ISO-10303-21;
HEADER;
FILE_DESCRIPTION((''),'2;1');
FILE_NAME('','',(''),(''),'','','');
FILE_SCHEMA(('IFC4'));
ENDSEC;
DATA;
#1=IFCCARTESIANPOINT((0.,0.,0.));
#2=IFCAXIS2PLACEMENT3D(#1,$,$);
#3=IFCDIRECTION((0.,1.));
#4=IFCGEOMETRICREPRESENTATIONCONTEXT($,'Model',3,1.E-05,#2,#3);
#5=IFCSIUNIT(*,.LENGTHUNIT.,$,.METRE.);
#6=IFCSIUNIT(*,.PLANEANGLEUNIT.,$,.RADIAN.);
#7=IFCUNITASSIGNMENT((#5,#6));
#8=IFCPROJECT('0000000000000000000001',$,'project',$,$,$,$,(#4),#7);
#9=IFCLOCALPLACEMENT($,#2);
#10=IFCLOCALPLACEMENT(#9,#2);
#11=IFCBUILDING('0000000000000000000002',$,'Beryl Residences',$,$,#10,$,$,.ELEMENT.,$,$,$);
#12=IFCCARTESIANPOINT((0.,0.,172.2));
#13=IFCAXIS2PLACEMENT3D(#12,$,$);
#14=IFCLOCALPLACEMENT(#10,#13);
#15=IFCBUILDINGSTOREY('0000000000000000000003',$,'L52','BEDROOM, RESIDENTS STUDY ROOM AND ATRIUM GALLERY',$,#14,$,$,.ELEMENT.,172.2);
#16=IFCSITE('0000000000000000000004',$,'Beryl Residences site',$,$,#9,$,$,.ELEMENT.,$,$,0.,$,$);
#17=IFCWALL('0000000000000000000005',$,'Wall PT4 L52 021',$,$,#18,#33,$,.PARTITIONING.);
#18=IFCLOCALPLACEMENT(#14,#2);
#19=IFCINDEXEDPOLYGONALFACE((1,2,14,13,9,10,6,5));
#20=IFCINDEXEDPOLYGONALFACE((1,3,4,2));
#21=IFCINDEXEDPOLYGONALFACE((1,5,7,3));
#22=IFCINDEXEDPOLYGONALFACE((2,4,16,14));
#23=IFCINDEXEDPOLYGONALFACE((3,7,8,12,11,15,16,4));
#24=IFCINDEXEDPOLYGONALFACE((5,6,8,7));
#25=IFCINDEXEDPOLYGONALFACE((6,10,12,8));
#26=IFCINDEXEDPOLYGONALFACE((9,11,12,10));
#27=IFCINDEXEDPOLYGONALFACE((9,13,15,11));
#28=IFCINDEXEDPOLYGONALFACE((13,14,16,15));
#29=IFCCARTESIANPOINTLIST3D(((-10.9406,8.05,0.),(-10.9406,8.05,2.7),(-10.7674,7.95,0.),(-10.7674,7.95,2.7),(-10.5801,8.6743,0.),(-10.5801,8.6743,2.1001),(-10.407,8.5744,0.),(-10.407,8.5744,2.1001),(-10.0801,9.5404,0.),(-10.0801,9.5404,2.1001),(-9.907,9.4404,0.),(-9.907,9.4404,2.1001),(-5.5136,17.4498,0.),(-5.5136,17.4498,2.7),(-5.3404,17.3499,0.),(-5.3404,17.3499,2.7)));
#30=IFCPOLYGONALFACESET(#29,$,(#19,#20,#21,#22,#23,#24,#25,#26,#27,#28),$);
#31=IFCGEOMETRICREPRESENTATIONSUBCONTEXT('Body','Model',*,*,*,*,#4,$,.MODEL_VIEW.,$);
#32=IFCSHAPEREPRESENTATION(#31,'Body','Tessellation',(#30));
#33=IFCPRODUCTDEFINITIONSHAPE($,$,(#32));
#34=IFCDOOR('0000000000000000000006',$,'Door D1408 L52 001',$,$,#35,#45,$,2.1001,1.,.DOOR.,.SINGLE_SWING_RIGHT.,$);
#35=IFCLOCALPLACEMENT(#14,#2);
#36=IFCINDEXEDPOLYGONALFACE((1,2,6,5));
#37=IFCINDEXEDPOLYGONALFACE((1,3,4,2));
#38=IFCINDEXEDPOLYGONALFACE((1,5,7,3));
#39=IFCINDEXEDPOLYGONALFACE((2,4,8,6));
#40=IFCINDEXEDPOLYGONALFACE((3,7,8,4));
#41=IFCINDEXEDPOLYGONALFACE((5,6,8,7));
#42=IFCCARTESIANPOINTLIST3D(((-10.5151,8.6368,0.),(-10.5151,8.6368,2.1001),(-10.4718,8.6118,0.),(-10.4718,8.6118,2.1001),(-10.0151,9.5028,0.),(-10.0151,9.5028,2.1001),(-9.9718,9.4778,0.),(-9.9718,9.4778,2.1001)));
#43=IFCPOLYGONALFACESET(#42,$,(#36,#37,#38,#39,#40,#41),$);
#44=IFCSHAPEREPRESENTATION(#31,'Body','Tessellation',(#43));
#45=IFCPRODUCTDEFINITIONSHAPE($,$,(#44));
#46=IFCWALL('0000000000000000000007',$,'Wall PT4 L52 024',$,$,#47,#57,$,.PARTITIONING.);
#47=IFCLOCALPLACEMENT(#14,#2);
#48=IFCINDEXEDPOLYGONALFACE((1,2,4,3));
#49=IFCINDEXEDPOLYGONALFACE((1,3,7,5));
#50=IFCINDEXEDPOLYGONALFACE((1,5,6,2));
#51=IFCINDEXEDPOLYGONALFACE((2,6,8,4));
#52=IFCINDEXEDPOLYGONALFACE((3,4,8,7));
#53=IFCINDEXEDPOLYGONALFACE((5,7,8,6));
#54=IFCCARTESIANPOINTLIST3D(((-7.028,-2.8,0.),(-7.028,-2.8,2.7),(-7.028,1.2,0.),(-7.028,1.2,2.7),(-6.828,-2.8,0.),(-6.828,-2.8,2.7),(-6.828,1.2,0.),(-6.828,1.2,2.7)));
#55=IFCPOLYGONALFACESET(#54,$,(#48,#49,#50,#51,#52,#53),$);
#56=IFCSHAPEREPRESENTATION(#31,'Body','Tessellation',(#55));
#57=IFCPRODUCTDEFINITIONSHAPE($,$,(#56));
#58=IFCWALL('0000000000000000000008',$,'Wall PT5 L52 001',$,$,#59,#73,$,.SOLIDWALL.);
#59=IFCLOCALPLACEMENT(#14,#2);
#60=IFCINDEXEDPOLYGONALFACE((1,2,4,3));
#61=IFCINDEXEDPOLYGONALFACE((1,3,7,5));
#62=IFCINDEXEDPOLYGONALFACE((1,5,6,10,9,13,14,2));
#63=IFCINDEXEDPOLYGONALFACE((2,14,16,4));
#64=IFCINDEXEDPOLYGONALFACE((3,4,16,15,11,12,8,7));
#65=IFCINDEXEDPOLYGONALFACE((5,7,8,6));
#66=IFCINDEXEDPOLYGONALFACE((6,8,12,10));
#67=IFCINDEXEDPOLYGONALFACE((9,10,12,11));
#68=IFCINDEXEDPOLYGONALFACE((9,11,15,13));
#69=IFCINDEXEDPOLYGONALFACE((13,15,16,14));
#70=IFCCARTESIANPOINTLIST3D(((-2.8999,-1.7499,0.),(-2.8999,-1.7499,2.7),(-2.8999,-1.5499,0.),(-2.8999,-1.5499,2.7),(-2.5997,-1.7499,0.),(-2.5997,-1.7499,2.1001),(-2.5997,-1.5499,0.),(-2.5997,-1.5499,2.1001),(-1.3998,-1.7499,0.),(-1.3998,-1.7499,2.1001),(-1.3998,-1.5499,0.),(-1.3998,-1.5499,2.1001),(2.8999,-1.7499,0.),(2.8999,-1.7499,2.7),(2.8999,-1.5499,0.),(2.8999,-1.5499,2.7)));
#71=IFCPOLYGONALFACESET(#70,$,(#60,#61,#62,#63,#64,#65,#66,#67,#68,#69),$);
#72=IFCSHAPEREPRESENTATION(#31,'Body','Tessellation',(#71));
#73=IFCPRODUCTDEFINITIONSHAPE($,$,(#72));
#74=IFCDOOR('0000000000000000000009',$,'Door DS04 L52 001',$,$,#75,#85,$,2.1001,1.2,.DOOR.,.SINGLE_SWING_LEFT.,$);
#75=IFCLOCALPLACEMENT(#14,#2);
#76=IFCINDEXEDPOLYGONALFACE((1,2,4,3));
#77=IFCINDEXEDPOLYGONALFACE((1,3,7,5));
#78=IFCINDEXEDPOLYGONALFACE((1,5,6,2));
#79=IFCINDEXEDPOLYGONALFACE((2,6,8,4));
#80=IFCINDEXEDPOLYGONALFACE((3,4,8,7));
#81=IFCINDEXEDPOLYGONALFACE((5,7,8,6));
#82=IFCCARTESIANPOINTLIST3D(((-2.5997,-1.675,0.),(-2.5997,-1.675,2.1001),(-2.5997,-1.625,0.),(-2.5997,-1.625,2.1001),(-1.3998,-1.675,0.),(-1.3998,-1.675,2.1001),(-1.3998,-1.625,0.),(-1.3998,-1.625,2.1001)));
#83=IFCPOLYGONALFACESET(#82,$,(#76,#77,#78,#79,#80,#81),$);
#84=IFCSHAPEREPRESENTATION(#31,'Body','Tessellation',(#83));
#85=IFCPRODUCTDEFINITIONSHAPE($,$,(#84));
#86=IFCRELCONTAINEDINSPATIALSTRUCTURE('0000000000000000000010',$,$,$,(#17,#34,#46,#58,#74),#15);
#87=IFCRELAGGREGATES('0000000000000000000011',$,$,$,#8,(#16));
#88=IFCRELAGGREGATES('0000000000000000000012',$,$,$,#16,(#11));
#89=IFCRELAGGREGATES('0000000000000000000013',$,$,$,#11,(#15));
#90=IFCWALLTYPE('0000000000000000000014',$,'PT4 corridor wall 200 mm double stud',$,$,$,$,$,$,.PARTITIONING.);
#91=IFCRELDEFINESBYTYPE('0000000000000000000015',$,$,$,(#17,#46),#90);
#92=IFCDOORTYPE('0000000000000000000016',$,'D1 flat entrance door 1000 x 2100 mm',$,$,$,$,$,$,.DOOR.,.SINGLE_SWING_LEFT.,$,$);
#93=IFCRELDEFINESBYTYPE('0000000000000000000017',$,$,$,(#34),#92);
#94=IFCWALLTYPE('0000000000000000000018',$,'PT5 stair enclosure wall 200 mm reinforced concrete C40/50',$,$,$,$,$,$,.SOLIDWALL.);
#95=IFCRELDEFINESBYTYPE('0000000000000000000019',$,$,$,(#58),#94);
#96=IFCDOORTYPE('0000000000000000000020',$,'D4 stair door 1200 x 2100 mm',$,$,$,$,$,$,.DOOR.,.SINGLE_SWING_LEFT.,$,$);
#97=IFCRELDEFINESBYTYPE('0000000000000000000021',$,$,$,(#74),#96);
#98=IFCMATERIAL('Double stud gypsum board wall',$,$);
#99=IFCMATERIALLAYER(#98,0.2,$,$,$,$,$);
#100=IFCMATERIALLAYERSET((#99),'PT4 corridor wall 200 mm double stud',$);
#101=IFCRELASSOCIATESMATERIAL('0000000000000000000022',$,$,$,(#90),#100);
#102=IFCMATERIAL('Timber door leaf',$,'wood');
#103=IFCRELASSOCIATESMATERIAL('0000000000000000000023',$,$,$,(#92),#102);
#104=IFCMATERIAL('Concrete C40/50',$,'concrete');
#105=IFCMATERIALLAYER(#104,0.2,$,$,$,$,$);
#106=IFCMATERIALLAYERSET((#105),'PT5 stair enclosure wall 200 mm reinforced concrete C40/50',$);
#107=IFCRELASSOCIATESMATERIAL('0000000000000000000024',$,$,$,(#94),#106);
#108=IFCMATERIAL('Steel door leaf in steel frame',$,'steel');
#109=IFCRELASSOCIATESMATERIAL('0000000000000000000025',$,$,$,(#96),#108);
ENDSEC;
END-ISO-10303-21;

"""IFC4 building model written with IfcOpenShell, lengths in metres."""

from ifc_helpers import new_model, si_unit, direction, frame, frame_2d, origin, place, context, subcontext, project, spatial, rectangle, extrude, material, layer, layer_set, type_object, element, fill, save


model = new_model("IFC4")

# Units and contexts
model_context = context("Model", 3, precision=1e-05, world=origin(), true_north=direction((0.0, 1.0)))
body_context = subcontext(model_context, "Body", "Model", "MODEL_VIEW")
ifc_project = project(units=[si_unit("LENGTHUNIT", "METRE"), si_unit("PLANEANGLEUNIT", "RADIAN")], contexts=[model_context])

# Site, building, storey
site_placement = place(None, origin())
site = spatial("IfcSite", under=ifc_project, at=site_placement, Name="Beryl Residences site", CompositionType="ELEMENT", RefElevation=0.0)
building_placement = place(site_placement, origin())
building = spatial("IfcBuilding", under=site, at=building_placement, Name="Beryl Residences", CompositionType="ELEMENT")
storey_placement = place(building_placement, frame((0.0, 0.0, 172.2)))
storey = spatial("IfcBuildingStorey", under=building, at=storey_placement, Name="L52", Description="BEDROOM, RESIDENTS STUDY ROOM AND ATRIUM GALLERY", CompositionType="ELEMENT", Elevation=172.2)

# Shared definitions
ifc_material_1 = material(Name="Double stud gypsum board wall")
ifc_layer_1 = layer(ifc_material_1, 0.2)
ifc_layer_set_1 = layer_set([ifc_layer_1], Name="PT4 corridor wall 200 mm double stud")
wall_type_1 = type_object("IfcWallType", Name="PT4 corridor wall 200 mm double stud", PredefinedType="PARTITIONING", material=ifc_layer_set_1)

# Wall, opening, door
wall_1_placement = place(storey_placement, frame((-10.854, 8.0, 0.0), z_axis=(0.0, 0.0, 1.0), x_axis=(0.499998, 0.866027, 0.0)))
wall_1 = element("IfcWall", 1, at=wall_1_placement, inside=storey, type_object=wall_type_1, Name="Wall PT4 L52 021", PredefinedType="PARTITIONING", context=body_context, shape_type="SweptSolid", body=[
    extrude(rectangle(XDim=10.854, YDim=0.2, at=frame_2d((5.427, 0.0))), origin(), (0.0, 0.0, 1.0), 2.7),
])
opening_1_placement = place(wall_1_placement, frame((0.7209, 0.0, 0.0)))
opening_1 = element("IfcOpeningElement", 2, at=opening_1_placement, cuts=wall_1, PredefinedType="OPENING", context=body_context, shape_type="SweptSolid", body=[
    extrude(rectangle(XDim=1.0, YDim=2.1001, at=frame_2d((0.5, 1.05))), frame((0.0, 0.1099, 0.0), z_axis=(0.0, -1.0, 0.0), x_axis=(1.0, 0.0, 0.0)), (0.0, 0.0, 1.0), 0.22),
])
ifc_material_2 = material(Name="Timber door leaf", Category="wood")
door_type_1 = type_object("IfcDoorType", Name="D1 flat entrance door 1000 x 2100 mm", OperationType="SINGLE_SWING_LEFT", PredefinedType="DOOR", material=ifc_material_2)
door_1_placement = place(opening_1_placement, origin())
door_1 = element("IfcDoor", 3, at=door_1_placement, inside=storey, type_object=door_type_1, Name="Door D1408 L52 001", OperationType="SINGLE_SWING_RIGHT", OverallHeight=2.1001, OverallWidth=1.0, PredefinedType="DOOR", context=body_context, shape_type="SweptSolid", body=[
    extrude(rectangle(XDim=1.0, YDim=2.1001, at=frame_2d((0.5, 1.05))), frame((0.0, 0.0249, 0.0), z_axis=(0.0, -1.0, 0.0), x_axis=(1.0, 0.0, 0.0)), (0.0, 0.0, 1.0), 0.05),
])
fill(opening_1, door_1)

# Wall
wall_2_placement = place(storey_placement, frame((-6.928, -2.8, 0.0), z_axis=(0.0, 0.0, 1.0), x_axis=(0.0, 1.0, 0.0)))
element("IfcWall", 4, at=wall_2_placement, inside=storey, type_object=wall_type_1, Name="Wall PT4 L52 024", PredefinedType="PARTITIONING", context=body_context, shape_type="SweptSolid", body=[
    extrude(rectangle(XDim=4.0, YDim=0.2, at=frame_2d((2.0, 0.0))), origin(), (0.0, 0.0, 1.0), 2.7),
])

# Wall, opening, door
ifc_material_3 = material(Name="Concrete C40/50", Category="concrete")
ifc_layer_2 = layer(ifc_material_3, 0.2)
ifc_layer_set_2 = layer_set([ifc_layer_2], Name="PT5 stair enclosure wall 200 mm reinforced concrete C40/50")
wall_type_2 = type_object("IfcWallType", Name="PT5 stair enclosure wall 200 mm reinforced concrete C40/50", PredefinedType="SOLIDWALL", material=ifc_layer_set_2)
wall_3_placement = place(storey_placement, frame((-2.8999, -1.6499, 0.0), z_axis=(0.0, 0.0, 1.0), x_axis=(1.0, 0.0, 0.0)))
wall_3 = element("IfcWall", 5, at=wall_3_placement, inside=storey, type_object=wall_type_2, Name="Wall PT5 L52 001", PredefinedType="SOLIDWALL", context=body_context, shape_type="SweptSolid", body=[
    extrude(rectangle(XDim=5.7998, YDim=0.2, at=frame_2d((2.8999, 0.0))), origin(), (0.0, 0.0, 1.0), 2.7),
])
opening_2_placement = place(wall_3_placement, frame((0.3, 0.0, 0.0)))
opening_2 = element("IfcOpeningElement", 6, at=opening_2_placement, cuts=wall_3, PredefinedType="OPENING", context=body_context, shape_type="SweptSolid", body=[
    extrude(rectangle(XDim=1.2, YDim=2.1001, at=frame_2d((0.6001, 1.05))), frame((0.0, 0.1099, 0.0), z_axis=(0.0, -1.0, 0.0), x_axis=(1.0, 0.0, 0.0)), (0.0, 0.0, 1.0), 0.22),
])
ifc_material_4 = material(Name="Steel door leaf in steel frame", Category="steel")
door_type_2 = type_object("IfcDoorType", Name="D4 stair door 1200 x 2100 mm", OperationType="SINGLE_SWING_LEFT", PredefinedType="DOOR", material=ifc_material_4)
door_2_placement = place(opening_2_placement, origin())
door_2 = element("IfcDoor", 7, at=door_2_placement, inside=storey, type_object=door_type_2, Name="Door DS04 L52 001", OperationType="SINGLE_SWING_LEFT", OverallHeight=2.1001, OverallWidth=1.2, PredefinedType="DOOR", context=body_context, shape_type="SweptSolid", body=[
    extrude(rectangle(XDim=1.2, YDim=2.1001, at=frame_2d((0.6001, 1.05))), frame((0.0, 0.0249, 0.0), z_axis=(0.0, -1.0, 0.0), x_axis=(1.0, 0.0, 0.0)), (0.0, 0.0, 1.0), 0.05),
])
fill(opening_2, door_2)

save(model, "model.ifc")
